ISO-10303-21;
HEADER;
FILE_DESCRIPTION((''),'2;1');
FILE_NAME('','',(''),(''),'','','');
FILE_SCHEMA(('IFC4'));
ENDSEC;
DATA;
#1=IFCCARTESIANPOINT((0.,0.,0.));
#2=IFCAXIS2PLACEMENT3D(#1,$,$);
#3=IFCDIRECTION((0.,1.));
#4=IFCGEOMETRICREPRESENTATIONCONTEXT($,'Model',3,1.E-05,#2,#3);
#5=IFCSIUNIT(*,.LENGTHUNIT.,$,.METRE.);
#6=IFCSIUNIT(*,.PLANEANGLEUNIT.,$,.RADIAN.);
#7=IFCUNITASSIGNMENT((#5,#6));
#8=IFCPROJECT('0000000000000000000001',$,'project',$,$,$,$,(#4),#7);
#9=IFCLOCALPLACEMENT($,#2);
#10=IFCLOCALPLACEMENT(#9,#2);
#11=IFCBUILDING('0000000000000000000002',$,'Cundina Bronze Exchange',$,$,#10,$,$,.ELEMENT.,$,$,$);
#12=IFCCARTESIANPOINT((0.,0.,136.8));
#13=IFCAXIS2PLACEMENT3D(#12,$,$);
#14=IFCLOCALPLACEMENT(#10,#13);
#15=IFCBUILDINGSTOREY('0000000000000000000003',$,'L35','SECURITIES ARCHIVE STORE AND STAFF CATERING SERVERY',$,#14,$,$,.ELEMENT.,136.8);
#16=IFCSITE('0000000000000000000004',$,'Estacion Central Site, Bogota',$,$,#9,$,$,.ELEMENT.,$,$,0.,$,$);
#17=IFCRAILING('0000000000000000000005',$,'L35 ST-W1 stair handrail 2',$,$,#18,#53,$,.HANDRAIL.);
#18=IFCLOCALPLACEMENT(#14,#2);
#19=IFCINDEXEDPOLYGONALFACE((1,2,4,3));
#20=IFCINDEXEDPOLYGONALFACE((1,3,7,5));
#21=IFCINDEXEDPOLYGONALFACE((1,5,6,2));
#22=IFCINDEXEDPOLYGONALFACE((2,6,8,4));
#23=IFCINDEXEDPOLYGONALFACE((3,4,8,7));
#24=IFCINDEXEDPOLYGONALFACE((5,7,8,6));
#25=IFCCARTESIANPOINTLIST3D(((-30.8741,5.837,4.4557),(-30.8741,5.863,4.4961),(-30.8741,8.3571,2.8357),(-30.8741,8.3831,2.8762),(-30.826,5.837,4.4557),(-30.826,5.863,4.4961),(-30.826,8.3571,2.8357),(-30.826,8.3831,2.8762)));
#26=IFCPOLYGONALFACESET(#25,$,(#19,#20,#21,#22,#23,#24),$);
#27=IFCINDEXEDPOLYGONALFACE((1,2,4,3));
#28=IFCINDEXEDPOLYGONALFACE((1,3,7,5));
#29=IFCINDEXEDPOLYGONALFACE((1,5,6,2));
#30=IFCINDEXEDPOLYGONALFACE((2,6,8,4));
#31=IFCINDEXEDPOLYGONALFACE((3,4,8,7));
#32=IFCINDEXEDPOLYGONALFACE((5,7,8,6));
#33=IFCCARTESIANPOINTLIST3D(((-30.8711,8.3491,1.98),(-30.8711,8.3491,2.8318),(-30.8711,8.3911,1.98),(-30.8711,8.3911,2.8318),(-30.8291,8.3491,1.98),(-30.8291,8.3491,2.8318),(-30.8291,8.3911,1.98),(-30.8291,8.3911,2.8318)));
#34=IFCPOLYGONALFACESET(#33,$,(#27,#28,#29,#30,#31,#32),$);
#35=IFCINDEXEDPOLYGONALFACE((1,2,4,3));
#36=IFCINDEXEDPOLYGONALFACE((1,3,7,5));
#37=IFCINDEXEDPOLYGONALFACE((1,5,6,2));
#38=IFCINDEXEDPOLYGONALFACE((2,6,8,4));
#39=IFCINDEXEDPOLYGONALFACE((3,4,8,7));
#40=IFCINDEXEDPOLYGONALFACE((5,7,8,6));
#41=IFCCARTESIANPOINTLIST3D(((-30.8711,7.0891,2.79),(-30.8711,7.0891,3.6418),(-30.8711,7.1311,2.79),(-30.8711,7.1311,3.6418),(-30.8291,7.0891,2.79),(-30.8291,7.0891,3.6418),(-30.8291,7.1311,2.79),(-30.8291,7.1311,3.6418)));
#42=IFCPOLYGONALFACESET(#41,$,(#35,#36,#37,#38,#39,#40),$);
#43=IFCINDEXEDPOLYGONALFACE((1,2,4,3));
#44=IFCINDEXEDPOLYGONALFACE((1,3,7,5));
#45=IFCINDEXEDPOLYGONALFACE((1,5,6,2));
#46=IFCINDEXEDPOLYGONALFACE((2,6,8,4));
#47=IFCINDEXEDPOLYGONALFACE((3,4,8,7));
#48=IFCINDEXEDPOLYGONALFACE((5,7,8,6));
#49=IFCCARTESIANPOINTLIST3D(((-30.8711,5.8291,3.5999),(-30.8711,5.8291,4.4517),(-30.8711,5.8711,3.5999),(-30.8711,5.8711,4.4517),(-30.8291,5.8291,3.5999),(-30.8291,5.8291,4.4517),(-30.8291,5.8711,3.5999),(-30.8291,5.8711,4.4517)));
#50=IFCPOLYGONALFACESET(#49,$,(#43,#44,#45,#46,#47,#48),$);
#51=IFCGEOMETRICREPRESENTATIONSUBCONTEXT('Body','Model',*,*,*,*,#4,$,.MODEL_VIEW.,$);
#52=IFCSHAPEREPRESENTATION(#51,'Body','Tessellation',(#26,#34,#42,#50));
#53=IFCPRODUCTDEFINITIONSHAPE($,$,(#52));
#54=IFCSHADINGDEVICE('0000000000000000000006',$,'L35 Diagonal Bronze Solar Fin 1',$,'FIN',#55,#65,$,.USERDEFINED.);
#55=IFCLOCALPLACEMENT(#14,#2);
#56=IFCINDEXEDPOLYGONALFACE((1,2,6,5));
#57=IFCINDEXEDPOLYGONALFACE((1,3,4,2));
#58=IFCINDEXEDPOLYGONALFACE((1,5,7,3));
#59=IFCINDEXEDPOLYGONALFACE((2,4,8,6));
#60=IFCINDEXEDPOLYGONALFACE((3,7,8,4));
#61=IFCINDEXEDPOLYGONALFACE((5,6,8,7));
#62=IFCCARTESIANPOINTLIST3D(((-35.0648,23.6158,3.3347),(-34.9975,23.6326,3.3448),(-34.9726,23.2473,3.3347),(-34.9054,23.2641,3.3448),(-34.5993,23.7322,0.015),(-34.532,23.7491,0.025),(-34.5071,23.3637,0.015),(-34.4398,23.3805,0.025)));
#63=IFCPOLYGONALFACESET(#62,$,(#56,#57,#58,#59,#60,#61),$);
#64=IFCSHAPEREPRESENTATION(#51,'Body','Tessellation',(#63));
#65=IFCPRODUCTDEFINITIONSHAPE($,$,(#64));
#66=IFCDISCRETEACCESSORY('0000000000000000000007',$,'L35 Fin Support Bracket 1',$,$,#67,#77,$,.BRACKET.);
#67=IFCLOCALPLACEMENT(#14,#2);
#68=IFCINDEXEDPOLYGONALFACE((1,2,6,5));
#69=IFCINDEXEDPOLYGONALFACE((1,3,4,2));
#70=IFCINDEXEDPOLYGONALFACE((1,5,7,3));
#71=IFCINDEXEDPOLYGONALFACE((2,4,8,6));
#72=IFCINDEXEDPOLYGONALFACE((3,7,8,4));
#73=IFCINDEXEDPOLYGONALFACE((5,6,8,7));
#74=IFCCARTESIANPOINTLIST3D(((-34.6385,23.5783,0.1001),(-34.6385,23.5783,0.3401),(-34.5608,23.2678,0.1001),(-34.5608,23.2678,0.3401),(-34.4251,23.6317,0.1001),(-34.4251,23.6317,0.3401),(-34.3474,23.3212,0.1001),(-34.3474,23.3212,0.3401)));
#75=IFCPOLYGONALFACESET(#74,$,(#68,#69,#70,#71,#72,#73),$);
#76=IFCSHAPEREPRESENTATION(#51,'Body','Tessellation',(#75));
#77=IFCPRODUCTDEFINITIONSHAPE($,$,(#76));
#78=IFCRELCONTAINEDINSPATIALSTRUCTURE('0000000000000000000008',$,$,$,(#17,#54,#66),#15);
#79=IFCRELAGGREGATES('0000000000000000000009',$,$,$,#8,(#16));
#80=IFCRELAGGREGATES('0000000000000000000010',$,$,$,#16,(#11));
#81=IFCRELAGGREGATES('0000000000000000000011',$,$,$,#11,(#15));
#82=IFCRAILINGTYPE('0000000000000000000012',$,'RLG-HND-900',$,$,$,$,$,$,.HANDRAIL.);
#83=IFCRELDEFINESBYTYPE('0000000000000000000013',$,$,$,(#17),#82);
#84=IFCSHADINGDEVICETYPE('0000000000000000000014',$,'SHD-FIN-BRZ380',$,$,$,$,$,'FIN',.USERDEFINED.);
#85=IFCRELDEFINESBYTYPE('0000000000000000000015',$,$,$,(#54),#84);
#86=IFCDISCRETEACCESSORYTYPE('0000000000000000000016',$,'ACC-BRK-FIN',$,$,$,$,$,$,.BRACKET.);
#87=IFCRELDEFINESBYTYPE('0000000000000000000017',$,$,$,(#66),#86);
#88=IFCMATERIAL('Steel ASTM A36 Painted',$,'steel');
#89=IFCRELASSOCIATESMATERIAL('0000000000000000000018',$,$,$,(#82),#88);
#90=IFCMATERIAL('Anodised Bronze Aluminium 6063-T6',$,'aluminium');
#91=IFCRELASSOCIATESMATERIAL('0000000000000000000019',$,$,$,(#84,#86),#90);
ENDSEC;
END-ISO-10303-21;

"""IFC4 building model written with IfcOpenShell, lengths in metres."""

from ifc_helpers import new_model, si_unit, direction, frame, origin, origin_2d, place, context, subcontext, project, spatial, rectangle, extrude, material, material_profile, profile_set, type_object, element, save


model = new_model("IFC4")

# Units and contexts
model_context = context("Model", 3, precision=1e-05, world=origin(), true_north=direction((0.0, 1.0)))
body_context = subcontext(model_context, "Body", "Model", "MODEL_VIEW")
ifc_project = project(units=[si_unit("LENGTHUNIT", "METRE"), si_unit("PLANEANGLEUNIT", "RADIAN")], contexts=[model_context])

# Site, building, storey
site_placement = place(None, origin())
site = spatial("IfcSite", under=ifc_project, at=site_placement, Name="Estacion Central Site, Bogota", CompositionType="ELEMENT", RefElevation=0.0)
building_placement = place(site_placement, origin())
building = spatial("IfcBuilding", under=site, at=building_placement, Name="Cundina Bronze Exchange", CompositionType="ELEMENT")
storey_placement = place(building_placement, frame((0.0, 0.0, 136.8)))
storey = spatial("IfcBuildingStorey", under=building, at=storey_placement, Name="L35", Description="SECURITIES ARCHIVE STORE AND STAFF CATERING SERVERY", CompositionType="ELEMENT", Elevation=136.8)

# Shared definitions
ifc_material_1 = material(Name="Anodised Bronze Aluminium 6063-T6", Category="aluminium")

# Shared definitions
ifc_material_2 = material(Name="Steel ASTM A36 Painted", Category="steel")

# Railing
railing_type = type_object("IfcRailingType", Name="RLG-HND-900", PredefinedType="HANDRAIL", material=ifc_material_2)
railing_placement = place(storey_placement, frame((-30.8501, 8.3701, 1.98)))
element("IfcRailing", 1, at=railing_placement, inside=storey, type_object=railing_type, Name="L35 ST-W1 stair handrail 2", PredefinedType="HANDRAIL", context=body_context, shape_type="SweptSolid", body=[
    extrude(rectangle(XDim=0.0481, YDim=0.0481, at=origin_2d()), frame((0.0, 0.0, 0.876), z_axis=(0.0, -0.8412, 0.540725), x_axis=(1.0, 0.0, 0.0)), (0.0, 0.0, 1.0), 2.9958),
    extrude(rectangle(XDim=0.042, YDim=0.042, at=origin_2d()), origin(), (0.0, 0.0, 1.0), 0.8518),
    extrude(rectangle(XDim=0.042, YDim=0.042, at=origin_2d()), frame((0.0, -1.26, 0.8101)), (0.0, 0.0, 1.0), 0.8518),
    extrude(rectangle(XDim=0.042, YDim=0.042, at=origin_2d()), frame((0.0, -2.52, 1.6199)), (0.0, 0.0, 1.0), 0.8518),
])

# Shading device
ifc_material_profile_1 = material_profile(ifc_material_1, rectangle(XDim=0.0701, YDim=0.3799, at=origin_2d()), Name="FIN70X380", Category="aluminium")
ifc_profile_set_1 = profile_set([ifc_material_profile_1], Name="Anodised Bronze Aluminium 6063-T6")
shading_device_type = type_object("IfcShadingDeviceType", Name="SHD-FIN-BRZ380", ElementType="FIN", PredefinedType="USERDEFINED", material=ifc_profile_set_1)
shading_device_placement = place(storey_placement, frame((-34.5195, 23.5564, 0.02), z_axis=(-0.138798, -0.034718, 0.989712), x_axis=(0.960132, 0.240159, 0.143075)))
element("IfcShadingDevice", 2, at=shading_device_placement, inside=storey, type_object=shading_device_type, Name="L35 Diagonal Bronze Solar Fin 1", ObjectType="FIN", PredefinedType="USERDEFINED", context=body_context, shape_type="SweptSolid", body=[
    extrude(rectangle(XDim=0.0701, YDim=0.3799, at=origin_2d()), origin(), (0.0, 0.0, 1.0), 3.3542),
])

# Discrete accessory
discrete_accessory_type = type_object("IfcDiscreteAccessoryType", Name="ACC-BRK-FIN", PredefinedType="BRACKET", material=ifc_material_1)
discrete_accessory_placement = place(storey_placement, frame((-34.4929, 23.4497, 0.1001), z_axis=(0.0, 0.0, 1.0), x_axis=(-0.970093, -0.242735, 0.0)))
element("IfcDiscreteAccessory", 3, at=discrete_accessory_placement, inside=storey, type_object=discrete_accessory_type, Name="L35 Fin Support Bracket 1", PredefinedType="BRACKET", context=body_context, shape_type="SweptSolid", body=[
    extrude(rectangle(XDim=0.22, YDim=0.3201, at=origin_2d()), origin(), (0.0, 0.0, 1.0), 0.24),
])

save(model, "model.ifc")
